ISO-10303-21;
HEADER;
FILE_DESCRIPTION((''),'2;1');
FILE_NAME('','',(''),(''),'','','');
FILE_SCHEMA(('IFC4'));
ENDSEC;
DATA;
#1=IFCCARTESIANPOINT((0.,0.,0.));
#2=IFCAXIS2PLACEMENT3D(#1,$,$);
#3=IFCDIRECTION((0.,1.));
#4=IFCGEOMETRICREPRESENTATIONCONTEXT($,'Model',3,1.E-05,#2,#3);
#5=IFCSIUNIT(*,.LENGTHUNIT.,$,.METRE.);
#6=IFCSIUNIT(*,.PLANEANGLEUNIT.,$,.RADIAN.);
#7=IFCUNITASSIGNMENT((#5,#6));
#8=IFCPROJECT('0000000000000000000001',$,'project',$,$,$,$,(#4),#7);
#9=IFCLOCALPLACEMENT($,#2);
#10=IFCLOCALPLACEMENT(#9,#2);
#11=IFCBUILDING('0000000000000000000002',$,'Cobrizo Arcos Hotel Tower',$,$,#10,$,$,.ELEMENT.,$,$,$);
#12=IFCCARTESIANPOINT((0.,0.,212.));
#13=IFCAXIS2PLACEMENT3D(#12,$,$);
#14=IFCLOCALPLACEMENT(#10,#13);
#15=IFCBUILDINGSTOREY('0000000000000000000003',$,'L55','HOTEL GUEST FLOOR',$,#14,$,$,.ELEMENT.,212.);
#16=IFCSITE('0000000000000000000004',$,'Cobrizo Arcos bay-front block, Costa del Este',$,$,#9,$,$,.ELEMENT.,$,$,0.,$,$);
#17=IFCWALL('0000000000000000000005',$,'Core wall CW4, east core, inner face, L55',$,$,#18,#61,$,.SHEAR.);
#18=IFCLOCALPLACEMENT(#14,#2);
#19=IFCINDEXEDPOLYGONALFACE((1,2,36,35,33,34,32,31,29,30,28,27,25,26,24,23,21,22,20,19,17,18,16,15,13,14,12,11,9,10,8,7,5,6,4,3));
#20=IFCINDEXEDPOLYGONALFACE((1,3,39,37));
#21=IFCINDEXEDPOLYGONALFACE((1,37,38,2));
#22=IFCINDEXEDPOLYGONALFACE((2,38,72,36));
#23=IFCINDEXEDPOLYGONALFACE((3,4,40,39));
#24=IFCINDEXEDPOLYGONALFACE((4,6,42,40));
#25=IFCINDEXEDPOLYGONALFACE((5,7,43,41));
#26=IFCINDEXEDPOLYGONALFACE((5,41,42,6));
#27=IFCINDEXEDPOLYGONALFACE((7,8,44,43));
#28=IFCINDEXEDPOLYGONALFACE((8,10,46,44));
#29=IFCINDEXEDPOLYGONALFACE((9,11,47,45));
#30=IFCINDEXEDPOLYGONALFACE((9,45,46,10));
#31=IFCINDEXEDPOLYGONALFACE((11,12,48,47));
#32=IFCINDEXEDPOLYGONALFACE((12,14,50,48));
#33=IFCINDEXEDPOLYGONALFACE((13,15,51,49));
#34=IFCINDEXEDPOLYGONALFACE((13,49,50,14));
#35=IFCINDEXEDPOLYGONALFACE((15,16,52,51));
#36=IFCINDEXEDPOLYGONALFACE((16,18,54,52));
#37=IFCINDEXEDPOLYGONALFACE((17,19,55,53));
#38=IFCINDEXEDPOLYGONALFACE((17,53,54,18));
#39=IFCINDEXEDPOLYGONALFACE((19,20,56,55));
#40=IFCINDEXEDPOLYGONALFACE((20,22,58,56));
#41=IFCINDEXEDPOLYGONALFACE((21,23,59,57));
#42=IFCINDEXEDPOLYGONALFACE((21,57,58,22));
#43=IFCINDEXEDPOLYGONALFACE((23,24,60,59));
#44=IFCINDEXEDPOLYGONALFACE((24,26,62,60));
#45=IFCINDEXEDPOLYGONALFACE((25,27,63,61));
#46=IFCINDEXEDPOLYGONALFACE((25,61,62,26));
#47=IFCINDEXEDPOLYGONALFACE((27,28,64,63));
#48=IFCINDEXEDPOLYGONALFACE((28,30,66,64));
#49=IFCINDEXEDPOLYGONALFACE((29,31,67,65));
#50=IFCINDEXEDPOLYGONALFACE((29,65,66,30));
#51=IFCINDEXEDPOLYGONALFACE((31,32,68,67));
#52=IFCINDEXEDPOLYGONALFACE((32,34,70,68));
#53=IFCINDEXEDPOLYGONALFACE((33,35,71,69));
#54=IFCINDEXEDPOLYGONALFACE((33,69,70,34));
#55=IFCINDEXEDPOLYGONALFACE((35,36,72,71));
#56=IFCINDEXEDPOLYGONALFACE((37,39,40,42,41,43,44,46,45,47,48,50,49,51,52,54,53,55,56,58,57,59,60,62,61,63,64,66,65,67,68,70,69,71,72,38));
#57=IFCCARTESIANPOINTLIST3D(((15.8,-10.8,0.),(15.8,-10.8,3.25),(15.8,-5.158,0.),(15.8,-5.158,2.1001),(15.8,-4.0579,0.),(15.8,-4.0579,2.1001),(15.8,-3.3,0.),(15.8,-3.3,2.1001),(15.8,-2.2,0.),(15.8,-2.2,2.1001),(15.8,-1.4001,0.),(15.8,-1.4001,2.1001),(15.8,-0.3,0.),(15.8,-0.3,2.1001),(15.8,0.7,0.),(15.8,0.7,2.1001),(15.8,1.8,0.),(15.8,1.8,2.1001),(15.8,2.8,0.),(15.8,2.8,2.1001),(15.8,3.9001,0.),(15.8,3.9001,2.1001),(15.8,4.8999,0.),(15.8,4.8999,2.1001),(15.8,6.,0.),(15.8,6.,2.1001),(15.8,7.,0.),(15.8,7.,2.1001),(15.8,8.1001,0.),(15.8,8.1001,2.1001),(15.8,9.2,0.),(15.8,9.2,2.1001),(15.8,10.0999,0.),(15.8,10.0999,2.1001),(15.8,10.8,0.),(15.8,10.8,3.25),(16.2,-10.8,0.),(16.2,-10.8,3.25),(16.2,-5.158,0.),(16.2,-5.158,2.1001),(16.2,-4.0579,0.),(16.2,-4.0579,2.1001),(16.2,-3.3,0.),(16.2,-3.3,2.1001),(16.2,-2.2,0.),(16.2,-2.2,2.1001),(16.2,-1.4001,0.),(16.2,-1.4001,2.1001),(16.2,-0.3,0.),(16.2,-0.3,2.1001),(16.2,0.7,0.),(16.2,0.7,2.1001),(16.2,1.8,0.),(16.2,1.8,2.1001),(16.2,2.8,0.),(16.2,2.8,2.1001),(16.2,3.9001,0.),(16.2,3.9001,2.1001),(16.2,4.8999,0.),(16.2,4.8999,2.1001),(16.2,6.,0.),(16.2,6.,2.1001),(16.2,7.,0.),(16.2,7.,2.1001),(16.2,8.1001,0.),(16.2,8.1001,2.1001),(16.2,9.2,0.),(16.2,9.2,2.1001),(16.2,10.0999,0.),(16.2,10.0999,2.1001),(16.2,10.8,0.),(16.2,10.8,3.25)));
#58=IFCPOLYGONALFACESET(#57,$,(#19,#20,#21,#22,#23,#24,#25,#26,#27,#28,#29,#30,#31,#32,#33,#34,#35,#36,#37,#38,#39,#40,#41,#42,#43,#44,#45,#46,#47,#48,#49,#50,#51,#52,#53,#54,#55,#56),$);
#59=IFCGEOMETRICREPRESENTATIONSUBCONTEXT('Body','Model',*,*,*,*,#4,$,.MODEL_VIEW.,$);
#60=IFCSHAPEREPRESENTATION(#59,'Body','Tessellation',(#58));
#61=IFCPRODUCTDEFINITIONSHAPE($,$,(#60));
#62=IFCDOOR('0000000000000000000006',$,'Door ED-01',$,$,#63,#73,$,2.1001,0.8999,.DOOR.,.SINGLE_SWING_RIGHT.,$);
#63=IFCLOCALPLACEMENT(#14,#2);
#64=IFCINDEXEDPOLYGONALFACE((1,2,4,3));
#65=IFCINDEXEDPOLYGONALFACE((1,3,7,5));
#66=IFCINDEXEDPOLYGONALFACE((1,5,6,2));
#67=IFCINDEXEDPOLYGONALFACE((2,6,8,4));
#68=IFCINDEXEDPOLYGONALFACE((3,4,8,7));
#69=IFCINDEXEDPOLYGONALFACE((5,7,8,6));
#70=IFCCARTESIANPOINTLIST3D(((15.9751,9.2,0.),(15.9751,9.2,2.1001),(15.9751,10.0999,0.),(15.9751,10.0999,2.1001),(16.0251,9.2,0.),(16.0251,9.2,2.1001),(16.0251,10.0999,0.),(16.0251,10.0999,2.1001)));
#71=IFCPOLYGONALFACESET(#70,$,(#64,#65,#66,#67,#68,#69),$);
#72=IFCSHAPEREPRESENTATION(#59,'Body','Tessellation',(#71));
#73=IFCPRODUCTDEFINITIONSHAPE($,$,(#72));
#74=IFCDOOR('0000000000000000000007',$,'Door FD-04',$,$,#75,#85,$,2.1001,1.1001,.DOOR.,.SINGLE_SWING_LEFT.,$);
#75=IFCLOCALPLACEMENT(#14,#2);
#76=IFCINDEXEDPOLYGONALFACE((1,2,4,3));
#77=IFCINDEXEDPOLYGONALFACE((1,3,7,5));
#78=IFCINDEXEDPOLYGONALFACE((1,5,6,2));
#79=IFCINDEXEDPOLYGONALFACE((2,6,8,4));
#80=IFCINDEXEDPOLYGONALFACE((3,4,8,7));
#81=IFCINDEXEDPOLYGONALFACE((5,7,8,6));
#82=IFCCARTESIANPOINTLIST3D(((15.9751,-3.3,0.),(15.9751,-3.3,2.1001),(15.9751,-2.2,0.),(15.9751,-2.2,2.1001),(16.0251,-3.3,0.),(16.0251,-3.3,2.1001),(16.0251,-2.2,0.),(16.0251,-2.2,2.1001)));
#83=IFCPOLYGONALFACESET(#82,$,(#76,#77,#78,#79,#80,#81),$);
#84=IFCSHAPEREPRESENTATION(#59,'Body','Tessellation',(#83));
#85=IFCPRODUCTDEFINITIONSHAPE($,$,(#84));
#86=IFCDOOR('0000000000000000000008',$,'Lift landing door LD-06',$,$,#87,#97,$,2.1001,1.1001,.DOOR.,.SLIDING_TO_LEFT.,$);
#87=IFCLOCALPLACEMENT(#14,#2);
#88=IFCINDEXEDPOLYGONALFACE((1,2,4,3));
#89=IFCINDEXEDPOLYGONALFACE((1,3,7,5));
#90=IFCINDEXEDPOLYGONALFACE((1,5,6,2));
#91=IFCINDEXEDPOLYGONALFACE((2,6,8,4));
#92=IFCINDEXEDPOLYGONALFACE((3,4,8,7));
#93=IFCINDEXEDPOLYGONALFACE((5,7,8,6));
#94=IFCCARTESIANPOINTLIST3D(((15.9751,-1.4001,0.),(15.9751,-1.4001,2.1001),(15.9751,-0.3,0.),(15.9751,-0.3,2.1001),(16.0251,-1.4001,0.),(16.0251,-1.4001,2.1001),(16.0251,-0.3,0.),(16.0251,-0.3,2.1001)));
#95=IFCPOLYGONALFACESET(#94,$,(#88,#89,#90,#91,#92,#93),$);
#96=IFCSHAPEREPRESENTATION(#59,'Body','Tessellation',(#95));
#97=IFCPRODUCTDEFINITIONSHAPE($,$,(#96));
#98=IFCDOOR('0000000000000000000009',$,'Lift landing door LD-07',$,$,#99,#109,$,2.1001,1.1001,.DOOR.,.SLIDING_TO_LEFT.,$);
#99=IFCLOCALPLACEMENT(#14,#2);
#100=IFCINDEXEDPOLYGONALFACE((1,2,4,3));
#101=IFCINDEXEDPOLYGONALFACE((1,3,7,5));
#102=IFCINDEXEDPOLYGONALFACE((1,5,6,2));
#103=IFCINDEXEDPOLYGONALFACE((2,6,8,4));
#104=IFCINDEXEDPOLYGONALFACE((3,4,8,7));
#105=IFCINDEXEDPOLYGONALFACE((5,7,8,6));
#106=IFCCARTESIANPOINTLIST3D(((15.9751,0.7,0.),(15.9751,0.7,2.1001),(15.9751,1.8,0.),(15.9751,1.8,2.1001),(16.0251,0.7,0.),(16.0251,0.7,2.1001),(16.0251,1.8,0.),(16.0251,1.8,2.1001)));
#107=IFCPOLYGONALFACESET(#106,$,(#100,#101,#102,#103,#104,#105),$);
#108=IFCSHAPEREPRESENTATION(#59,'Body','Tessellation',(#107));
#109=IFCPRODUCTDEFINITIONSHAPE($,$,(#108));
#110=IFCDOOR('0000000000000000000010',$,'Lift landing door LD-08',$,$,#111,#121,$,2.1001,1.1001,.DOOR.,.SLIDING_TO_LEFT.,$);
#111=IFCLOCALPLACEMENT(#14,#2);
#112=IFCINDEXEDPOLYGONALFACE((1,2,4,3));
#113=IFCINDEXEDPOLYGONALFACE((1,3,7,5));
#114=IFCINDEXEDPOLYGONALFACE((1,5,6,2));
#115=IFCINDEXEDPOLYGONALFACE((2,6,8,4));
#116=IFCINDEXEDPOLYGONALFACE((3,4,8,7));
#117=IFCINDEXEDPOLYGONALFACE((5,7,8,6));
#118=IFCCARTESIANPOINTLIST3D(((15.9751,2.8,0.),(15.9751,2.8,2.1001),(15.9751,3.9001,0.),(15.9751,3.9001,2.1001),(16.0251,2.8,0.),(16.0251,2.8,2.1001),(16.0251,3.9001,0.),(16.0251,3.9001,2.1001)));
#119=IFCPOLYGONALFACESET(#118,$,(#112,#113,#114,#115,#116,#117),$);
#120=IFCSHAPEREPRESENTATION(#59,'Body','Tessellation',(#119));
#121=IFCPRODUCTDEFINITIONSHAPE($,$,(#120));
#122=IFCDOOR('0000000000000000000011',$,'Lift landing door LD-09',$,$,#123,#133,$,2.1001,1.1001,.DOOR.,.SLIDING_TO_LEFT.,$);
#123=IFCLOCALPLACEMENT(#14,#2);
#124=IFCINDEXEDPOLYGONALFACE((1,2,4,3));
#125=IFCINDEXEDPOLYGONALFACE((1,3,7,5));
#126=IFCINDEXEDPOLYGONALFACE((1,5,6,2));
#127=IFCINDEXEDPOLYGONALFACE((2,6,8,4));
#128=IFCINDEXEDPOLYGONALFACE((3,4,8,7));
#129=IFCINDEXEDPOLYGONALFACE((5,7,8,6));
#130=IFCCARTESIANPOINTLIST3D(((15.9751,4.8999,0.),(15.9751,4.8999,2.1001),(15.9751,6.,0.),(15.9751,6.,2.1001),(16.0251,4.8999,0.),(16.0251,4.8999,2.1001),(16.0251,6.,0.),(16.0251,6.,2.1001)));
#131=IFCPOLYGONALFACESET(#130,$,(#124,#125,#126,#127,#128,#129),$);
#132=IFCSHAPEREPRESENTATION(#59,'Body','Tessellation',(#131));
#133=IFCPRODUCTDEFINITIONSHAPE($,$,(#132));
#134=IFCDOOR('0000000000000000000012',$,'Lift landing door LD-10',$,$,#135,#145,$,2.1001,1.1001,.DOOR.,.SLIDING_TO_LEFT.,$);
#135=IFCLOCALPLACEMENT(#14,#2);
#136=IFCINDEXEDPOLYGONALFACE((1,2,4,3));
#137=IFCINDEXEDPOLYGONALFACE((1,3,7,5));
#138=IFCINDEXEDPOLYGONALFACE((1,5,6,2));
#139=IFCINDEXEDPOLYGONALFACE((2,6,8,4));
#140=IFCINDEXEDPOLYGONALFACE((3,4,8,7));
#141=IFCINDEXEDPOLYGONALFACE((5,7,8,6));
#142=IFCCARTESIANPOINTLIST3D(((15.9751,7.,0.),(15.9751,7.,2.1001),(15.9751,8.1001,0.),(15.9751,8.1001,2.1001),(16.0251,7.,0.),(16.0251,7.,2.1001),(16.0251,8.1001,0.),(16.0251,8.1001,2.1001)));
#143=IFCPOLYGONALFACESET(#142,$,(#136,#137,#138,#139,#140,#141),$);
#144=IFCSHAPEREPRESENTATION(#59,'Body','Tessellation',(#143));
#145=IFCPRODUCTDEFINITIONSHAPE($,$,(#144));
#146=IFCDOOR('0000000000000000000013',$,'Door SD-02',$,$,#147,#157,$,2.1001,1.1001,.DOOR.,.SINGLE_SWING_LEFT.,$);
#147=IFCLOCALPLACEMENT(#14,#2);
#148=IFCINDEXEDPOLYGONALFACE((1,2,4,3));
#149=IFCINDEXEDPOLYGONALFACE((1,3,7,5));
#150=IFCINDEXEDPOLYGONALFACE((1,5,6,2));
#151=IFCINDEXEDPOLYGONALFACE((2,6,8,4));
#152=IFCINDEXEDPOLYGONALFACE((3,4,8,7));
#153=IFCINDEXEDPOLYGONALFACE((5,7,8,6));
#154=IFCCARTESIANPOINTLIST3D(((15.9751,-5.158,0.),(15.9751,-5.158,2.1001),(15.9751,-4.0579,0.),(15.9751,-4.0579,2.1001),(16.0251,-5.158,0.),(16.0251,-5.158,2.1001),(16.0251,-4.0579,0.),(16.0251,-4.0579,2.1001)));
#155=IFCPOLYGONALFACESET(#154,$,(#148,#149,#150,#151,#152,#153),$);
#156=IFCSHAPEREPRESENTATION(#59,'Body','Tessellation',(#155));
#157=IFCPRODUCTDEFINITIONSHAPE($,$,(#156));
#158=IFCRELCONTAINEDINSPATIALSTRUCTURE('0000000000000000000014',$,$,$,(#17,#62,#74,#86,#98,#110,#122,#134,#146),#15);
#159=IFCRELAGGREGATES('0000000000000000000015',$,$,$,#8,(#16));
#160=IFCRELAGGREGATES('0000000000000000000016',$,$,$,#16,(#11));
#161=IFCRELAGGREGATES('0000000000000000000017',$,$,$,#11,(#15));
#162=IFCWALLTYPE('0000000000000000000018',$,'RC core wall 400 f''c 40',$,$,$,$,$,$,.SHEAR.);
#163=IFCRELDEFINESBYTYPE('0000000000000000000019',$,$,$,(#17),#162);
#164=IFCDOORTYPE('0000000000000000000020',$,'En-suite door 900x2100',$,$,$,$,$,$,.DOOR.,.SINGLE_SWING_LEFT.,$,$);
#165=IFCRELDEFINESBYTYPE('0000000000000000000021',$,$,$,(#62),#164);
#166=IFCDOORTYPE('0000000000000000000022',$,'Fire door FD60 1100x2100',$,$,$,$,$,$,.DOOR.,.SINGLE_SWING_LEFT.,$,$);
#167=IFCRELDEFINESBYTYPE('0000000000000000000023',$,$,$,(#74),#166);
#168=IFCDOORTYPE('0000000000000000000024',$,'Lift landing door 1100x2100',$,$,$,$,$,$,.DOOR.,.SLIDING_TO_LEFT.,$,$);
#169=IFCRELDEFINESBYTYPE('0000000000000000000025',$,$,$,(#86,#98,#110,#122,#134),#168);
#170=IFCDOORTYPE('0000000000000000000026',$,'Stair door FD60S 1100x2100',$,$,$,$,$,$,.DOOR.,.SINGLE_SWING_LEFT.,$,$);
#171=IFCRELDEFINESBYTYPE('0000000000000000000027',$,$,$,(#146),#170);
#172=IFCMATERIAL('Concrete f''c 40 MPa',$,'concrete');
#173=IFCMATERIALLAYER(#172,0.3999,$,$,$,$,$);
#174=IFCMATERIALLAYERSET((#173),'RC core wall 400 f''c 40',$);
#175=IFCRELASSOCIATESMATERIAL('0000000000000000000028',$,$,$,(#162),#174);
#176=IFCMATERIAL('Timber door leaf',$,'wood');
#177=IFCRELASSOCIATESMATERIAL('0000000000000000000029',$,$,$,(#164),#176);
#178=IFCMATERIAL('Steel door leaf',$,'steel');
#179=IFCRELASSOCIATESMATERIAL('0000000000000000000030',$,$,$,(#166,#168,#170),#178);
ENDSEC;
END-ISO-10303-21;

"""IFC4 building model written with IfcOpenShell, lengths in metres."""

from ifc_helpers import new_model, si_unit, direction, frame, frame_2d, origin, place, context, subcontext, project, spatial, rectangle, extrude, material, layer, layer_set, type_object, element, fill, save


model = new_model("IFC4")

# Units and contexts
model_context = context("Model", 3, precision=1e-05, world=origin(), true_north=direction((0.0, 1.0)))
body_context = subcontext(model_context, "Body", "Model", "MODEL_VIEW")
ifc_project = project(units=[si_unit("LENGTHUNIT", "METRE"), si_unit("PLANEANGLEUNIT", "RADIAN")], contexts=[model_context])

# Site, building, storey
site_placement = place(None, origin())
site = spatial("IfcSite", under=ifc_project, at=site_placement, Name="Cobrizo Arcos bay-front block, Costa del Este", CompositionType="ELEMENT", RefElevation=0.0)
building_placement = place(site_placement, origin())
building = spatial("IfcBuilding", under=site, at=building_placement, Name="Cobrizo Arcos Hotel Tower", CompositionType="ELEMENT")
storey_placement = place(building_placement, frame((0.0, 0.0, 212.0)))
storey = spatial("IfcBuildingStorey", under=building, at=storey_placement, Name="L55", Description="HOTEL GUEST FLOOR", CompositionType="ELEMENT", Elevation=212.0)

# Wall, openings, doors
ifc_material_1 = material(Name="Concrete f'c 40 MPa", Category="concrete")
ifc_layer_1 = layer(ifc_material_1, 0.3999)
ifc_layer_set_1 = layer_set([ifc_layer_1], Name="RC core wall 400 f'c 40")
wall_type_1 = type_object("IfcWallType", Name="RC core wall 400 f'c 40", PredefinedType="SHEAR", material=ifc_layer_set_1)
wall_1_placement = place(storey_placement, frame((16.0, -10.8, 0.0), z_axis=(0.0, 0.0, 1.0), x_axis=(0.0, 1.0, 0.0)))
wall_1 = element("IfcWall", 1, at=wall_1_placement, inside=storey, type_object=wall_type_1, Name="Core wall CW4, east core, inner face, L55", PredefinedType="SHEAR", context=body_context, shape_type="SweptSolid", body=[
    extrude(rectangle(XDim=21.6001, YDim=0.3999, at=frame_2d((10.8, 0.0))), origin(), (0.0, 0.0, 1.0), 3.25),
])
opening_1_placement = place(wall_1_placement, frame((9.3999, 0.0, 0.0)))
opening_1 = element("IfcOpeningElement", 2, at=opening_1_placement, cuts=wall_1, PredefinedType="OPENING", context=body_context, shape_type="SweptSolid", body=[
    extrude(rectangle(XDim=1.1001, YDim=2.1001, at=frame_2d((0.55, 1.05))), frame((0.0, 0.2119, 0.0), z_axis=(0.0, -1.0, 0.0), x_axis=(1.0, 0.0, 0.0)), (0.0, 0.0, 1.0), 0.4238),
])
opening_2_placement = place(wall_1_placement, frame((11.5, 0.0, 0.0)))
opening_2 = element("IfcOpeningElement", 3, at=opening_2_placement, cuts=wall_1, PredefinedType="OPENING", context=body_context, shape_type="SweptSolid", body=[
    extrude(rectangle(XDim=1.1001, YDim=2.1001, at=frame_2d((0.55, 1.05))), frame((0.0, 0.2119, 0.0), z_axis=(0.0, -1.0, 0.0), x_axis=(1.0, 0.0, 0.0)), (0.0, 0.0, 1.0), 0.4238),
])
opening_3_placement = place(wall_1_placement, frame((13.6001, 0.0, 0.0)))
opening_3 = element("IfcOpeningElement", 4, at=opening_3_placement, cuts=wall_1, PredefinedType="OPENING", context=body_context, shape_type="SweptSolid", body=[
    extrude(rectangle(XDim=1.1001, YDim=2.1001, at=frame_2d((0.55, 1.05))), frame((0.0, 0.2119, 0.0), z_axis=(0.0, -1.0, 0.0), x_axis=(1.0, 0.0, 0.0)), (0.0, 0.0, 1.0), 0.4238),
])
opening_4_placement = place(wall_1_placement, frame((15.7, 0.0, 0.0)))
opening_4 = element("IfcOpeningElement", 5, at=opening_4_placement, cuts=wall_1, PredefinedType="OPENING", context=body_context, shape_type="SweptSolid", body=[
    extrude(rectangle(XDim=1.1001, YDim=2.1001, at=frame_2d((0.55, 1.05))), frame((0.0, 0.2119, 0.0), z_axis=(0.0, -1.0, 0.0), x_axis=(1.0, 0.0, 0.0)), (0.0, 0.0, 1.0), 0.4238),
])
opening_5_placement = place(wall_1_placement, frame((17.8, 0.0, 0.0)))
opening_5 = element("IfcOpeningElement", 6, at=opening_5_placement, cuts=wall_1, PredefinedType="OPENING", context=body_context, shape_type="SweptSolid", body=[
    extrude(rectangle(XDim=1.1001, YDim=2.1001, at=frame_2d((0.55, 1.05))), frame((0.0, 0.2119, 0.0), z_axis=(0.0, -1.0, 0.0), x_axis=(1.0, 0.0, 0.0)), (0.0, 0.0, 1.0), 0.4238),
])
opening_6_placement = place(wall_1_placement, frame((5.6421, 0.0, 0.0)))
opening_6 = element("IfcOpeningElement", 7, at=opening_6_placement, cuts=wall_1, PredefinedType="OPENING", context=body_context, shape_type="SweptSolid", body=[
    extrude(rectangle(XDim=1.1001, YDim=2.1001, at=frame_2d((0.55, 1.05))), frame((0.0, 0.2119, 0.0), z_axis=(0.0, -1.0, 0.0), x_axis=(1.0, 0.0, 0.0)), (0.0, 0.0, 1.0), 0.4238),
])
opening_7_placement = place(wall_1_placement, frame((7.5, 0.0, 0.0)))
opening_7 = element("IfcOpeningElement", 8, at=opening_7_placement, cuts=wall_1, PredefinedType="OPENING", context=body_context, shape_type="SweptSolid", body=[
    extrude(rectangle(XDim=1.1001, YDim=2.1001, at=frame_2d((0.55, 1.05))), frame((0.0, 0.2119, 0.0), z_axis=(0.0, -1.0, 0.0), x_axis=(1.0, 0.0, 0.0)), (0.0, 0.0, 1.0), 0.4238),
])
opening_8_placement = place(wall_1_placement, frame((20.0, 0.0, 0.0)))
opening_8 = element("IfcOpeningElement", 9, at=opening_8_placement, cuts=wall_1, PredefinedType="OPENING", context=body_context, shape_type="SweptSolid", body=[
    extrude(rectangle(XDim=0.8999, YDim=2.1001, at=frame_2d((0.45, 1.05))), frame((0.0, 0.2119, 0.0), z_axis=(0.0, -1.0, 0.0), x_axis=(1.0, 0.0, 0.0)), (0.0, 0.0, 1.0), 0.4238),
])
ifc_material_2 = material(Name="Timber door leaf", Category="wood")
door_type_1 = type_object("IfcDoorType", Name="En-suite door 900x2100", OperationType="SINGLE_SWING_LEFT", PredefinedType="DOOR", material=ifc_material_2)
door_1_placement = place(opening_8_placement, origin())
door_1 = element("IfcDoor", 10, at=door_1_placement, inside=storey, type_object=door_type_1, Name="Door ED-01", OperationType="SINGLE_SWING_RIGHT", OverallHeight=2.1001, OverallWidth=0.8999, PredefinedType="DOOR", context=body_context, shape_type="SweptSolid", body=[
    extrude(rectangle(XDim=0.8999, YDim=2.1001, at=frame_2d((0.45, 1.05))), frame((0.0, 0.0249, 0.0), z_axis=(0.0, -1.0, 0.0), x_axis=(1.0, 0.0, 0.0)), (0.0, 0.0, 1.0), 0.05),
])
fill(opening_8, door_1)
ifc_material_3 = material(Name="Steel door leaf", Category="steel")
door_type_2 = type_object("IfcDoorType", Name="Fire door FD60 1100x2100", OperationType="SINGLE_SWING_LEFT", PredefinedType="DOOR", material=ifc_material_3)
door_2_placement = place(opening_7_placement, origin())
door_2 = element("IfcDoor", 11, at=door_2_placement, inside=storey, type_object=door_type_2, Name="Door FD-04", OperationType="SINGLE_SWING_LEFT", OverallHeight=2.1001, OverallWidth=1.1001, PredefinedType="DOOR", context=body_context, shape_type="SweptSolid", body=[
    extrude(rectangle(XDim=1.1001, YDim=2.1001, at=frame_2d((0.55, 1.05))), frame((0.0, 0.0249, 0.0), z_axis=(0.0, -1.0, 0.0), x_axis=(1.0, 0.0, 0.0)), (0.0, 0.0, 1.0), 0.05),
])
fill(opening_7, door_2)
door_type_3 = type_object("IfcDoorType", Name="Lift landing door 1100x2100", OperationType="SLIDING_TO_LEFT", PredefinedType="DOOR", material=ifc_material_3)
door_3_placement = place(opening_1_placement, origin())
door_3 = element("IfcDoor", 12, at=door_3_placement, inside=storey, type_object=door_type_3, Name="Lift landing door LD-06", OperationType="SLIDING_TO_LEFT", OverallHeight=2.1001, OverallWidth=1.1001, PredefinedType="DOOR", context=body_context, shape_type="SweptSolid", body=[
    extrude(rectangle(XDim=1.1001, YDim=2.1001, at=frame_2d((0.55, 1.05))), frame((0.0, 0.0249, 0.0), z_axis=(0.0, -1.0, 0.0), x_axis=(1.0, 0.0, 0.0)), (0.0, 0.0, 1.0), 0.05),
])
fill(opening_1, door_3)
door_4_placement = place(opening_2_placement, origin())
door_4 = element("IfcDoor", 13, at=door_4_placement, inside=storey, type_object=door_type_3, Name="Lift landing door LD-07", OperationType="SLIDING_TO_LEFT", OverallHeight=2.1001, OverallWidth=1.1001, PredefinedType="DOOR", context=body_context, shape_type="SweptSolid", body=[
    extrude(rectangle(XDim=1.1001, YDim=2.1001, at=frame_2d((0.55, 1.05))), frame((0.0, 0.0249, 0.0), z_axis=(0.0, -1.0, 0.0), x_axis=(1.0, 0.0, 0.0)), (0.0, 0.0, 1.0), 0.05),
])
fill(opening_2, door_4)
door_5_placement = place(opening_3_placement, origin())
door_5 = element("IfcDoor", 14, at=door_5_placement, inside=storey, type_object=door_type_3, Name="Lift landing door LD-08", OperationType="SLIDING_TO_LEFT", OverallHeight=2.1001, OverallWidth=1.1001, PredefinedType="DOOR", context=body_context, shape_type="SweptSolid", body=[
    extrude(rectangle(XDim=1.1001, YDim=2.1001, at=frame_2d((0.55, 1.05))), frame((0.0, 0.0249, 0.0), z_axis=(0.0, -1.0, 0.0), x_axis=(1.0, 0.0, 0.0)), (0.0, 0.0, 1.0), 0.05),
])
fill(opening_3, door_5)
door_6_placement = place(opening_4_placement, origin())
door_6 = element("IfcDoor", 15, at=door_6_placement, inside=storey, type_object=door_type_3, Name="Lift landing door LD-09", OperationType="SLIDING_TO_LEFT", OverallHeight=2.1001, OverallWidth=1.1001, PredefinedType="DOOR", context=body_context, shape_type="SweptSolid", body=[
    extrude(rectangle(XDim=1.1001, YDim=2.1001, at=frame_2d((0.55, 1.05))), frame((0.0, 0.0249, 0.0), z_axis=(0.0, -1.0, 0.0), x_axis=(1.0, 0.0, 0.0)), (0.0, 0.0, 1.0), 0.05),
])
fill(opening_4, door_6)
door_7_placement = place(opening_5_placement, origin())
door_7 = element("IfcDoor", 16, at=door_7_placement, inside=storey, type_object=door_type_3, Name="Lift landing door LD-10", OperationType="SLIDING_TO_LEFT", OverallHeight=2.1001, OverallWidth=1.1001, PredefinedType="DOOR", context=body_context, shape_type="SweptSolid", body=[
    extrude(rectangle(XDim=1.1001, YDim=2.1001, at=frame_2d((0.55, 1.05))), frame((0.0, 0.0249, 0.0), z_axis=(0.0, -1.0, 0.0), x_axis=(1.0, 0.0, 0.0)), (0.0, 0.0, 1.0), 0.05),
])
fill(opening_5, door_7)
door_type_4 = type_object("IfcDoorType", Name="Stair door FD60S 1100x2100", OperationType="SINGLE_SWING_LEFT", PredefinedType="DOOR", material=ifc_material_3)
door_8_placement = place(opening_6_placement, origin())
door_8 = element("IfcDoor", 17, at=door_8_placement, inside=storey, type_object=door_type_4, Name="Door SD-02", OperationType="SINGLE_SWING_LEFT", OverallHeight=2.1001, OverallWidth=1.1001, PredefinedType="DOOR", context=body_context, shape_type="SweptSolid", body=[
    extrude(rectangle(XDim=1.1001, YDim=2.1001, at=frame_2d((0.55, 1.05))), frame((0.0, 0.0249, 0.0), z_axis=(0.0, -1.0, 0.0), x_axis=(1.0, 0.0, 0.0)), (0.0, 0.0, 1.0), 0.05),
])
fill(opening_6, door_8)

save(model, "model.ifc")
